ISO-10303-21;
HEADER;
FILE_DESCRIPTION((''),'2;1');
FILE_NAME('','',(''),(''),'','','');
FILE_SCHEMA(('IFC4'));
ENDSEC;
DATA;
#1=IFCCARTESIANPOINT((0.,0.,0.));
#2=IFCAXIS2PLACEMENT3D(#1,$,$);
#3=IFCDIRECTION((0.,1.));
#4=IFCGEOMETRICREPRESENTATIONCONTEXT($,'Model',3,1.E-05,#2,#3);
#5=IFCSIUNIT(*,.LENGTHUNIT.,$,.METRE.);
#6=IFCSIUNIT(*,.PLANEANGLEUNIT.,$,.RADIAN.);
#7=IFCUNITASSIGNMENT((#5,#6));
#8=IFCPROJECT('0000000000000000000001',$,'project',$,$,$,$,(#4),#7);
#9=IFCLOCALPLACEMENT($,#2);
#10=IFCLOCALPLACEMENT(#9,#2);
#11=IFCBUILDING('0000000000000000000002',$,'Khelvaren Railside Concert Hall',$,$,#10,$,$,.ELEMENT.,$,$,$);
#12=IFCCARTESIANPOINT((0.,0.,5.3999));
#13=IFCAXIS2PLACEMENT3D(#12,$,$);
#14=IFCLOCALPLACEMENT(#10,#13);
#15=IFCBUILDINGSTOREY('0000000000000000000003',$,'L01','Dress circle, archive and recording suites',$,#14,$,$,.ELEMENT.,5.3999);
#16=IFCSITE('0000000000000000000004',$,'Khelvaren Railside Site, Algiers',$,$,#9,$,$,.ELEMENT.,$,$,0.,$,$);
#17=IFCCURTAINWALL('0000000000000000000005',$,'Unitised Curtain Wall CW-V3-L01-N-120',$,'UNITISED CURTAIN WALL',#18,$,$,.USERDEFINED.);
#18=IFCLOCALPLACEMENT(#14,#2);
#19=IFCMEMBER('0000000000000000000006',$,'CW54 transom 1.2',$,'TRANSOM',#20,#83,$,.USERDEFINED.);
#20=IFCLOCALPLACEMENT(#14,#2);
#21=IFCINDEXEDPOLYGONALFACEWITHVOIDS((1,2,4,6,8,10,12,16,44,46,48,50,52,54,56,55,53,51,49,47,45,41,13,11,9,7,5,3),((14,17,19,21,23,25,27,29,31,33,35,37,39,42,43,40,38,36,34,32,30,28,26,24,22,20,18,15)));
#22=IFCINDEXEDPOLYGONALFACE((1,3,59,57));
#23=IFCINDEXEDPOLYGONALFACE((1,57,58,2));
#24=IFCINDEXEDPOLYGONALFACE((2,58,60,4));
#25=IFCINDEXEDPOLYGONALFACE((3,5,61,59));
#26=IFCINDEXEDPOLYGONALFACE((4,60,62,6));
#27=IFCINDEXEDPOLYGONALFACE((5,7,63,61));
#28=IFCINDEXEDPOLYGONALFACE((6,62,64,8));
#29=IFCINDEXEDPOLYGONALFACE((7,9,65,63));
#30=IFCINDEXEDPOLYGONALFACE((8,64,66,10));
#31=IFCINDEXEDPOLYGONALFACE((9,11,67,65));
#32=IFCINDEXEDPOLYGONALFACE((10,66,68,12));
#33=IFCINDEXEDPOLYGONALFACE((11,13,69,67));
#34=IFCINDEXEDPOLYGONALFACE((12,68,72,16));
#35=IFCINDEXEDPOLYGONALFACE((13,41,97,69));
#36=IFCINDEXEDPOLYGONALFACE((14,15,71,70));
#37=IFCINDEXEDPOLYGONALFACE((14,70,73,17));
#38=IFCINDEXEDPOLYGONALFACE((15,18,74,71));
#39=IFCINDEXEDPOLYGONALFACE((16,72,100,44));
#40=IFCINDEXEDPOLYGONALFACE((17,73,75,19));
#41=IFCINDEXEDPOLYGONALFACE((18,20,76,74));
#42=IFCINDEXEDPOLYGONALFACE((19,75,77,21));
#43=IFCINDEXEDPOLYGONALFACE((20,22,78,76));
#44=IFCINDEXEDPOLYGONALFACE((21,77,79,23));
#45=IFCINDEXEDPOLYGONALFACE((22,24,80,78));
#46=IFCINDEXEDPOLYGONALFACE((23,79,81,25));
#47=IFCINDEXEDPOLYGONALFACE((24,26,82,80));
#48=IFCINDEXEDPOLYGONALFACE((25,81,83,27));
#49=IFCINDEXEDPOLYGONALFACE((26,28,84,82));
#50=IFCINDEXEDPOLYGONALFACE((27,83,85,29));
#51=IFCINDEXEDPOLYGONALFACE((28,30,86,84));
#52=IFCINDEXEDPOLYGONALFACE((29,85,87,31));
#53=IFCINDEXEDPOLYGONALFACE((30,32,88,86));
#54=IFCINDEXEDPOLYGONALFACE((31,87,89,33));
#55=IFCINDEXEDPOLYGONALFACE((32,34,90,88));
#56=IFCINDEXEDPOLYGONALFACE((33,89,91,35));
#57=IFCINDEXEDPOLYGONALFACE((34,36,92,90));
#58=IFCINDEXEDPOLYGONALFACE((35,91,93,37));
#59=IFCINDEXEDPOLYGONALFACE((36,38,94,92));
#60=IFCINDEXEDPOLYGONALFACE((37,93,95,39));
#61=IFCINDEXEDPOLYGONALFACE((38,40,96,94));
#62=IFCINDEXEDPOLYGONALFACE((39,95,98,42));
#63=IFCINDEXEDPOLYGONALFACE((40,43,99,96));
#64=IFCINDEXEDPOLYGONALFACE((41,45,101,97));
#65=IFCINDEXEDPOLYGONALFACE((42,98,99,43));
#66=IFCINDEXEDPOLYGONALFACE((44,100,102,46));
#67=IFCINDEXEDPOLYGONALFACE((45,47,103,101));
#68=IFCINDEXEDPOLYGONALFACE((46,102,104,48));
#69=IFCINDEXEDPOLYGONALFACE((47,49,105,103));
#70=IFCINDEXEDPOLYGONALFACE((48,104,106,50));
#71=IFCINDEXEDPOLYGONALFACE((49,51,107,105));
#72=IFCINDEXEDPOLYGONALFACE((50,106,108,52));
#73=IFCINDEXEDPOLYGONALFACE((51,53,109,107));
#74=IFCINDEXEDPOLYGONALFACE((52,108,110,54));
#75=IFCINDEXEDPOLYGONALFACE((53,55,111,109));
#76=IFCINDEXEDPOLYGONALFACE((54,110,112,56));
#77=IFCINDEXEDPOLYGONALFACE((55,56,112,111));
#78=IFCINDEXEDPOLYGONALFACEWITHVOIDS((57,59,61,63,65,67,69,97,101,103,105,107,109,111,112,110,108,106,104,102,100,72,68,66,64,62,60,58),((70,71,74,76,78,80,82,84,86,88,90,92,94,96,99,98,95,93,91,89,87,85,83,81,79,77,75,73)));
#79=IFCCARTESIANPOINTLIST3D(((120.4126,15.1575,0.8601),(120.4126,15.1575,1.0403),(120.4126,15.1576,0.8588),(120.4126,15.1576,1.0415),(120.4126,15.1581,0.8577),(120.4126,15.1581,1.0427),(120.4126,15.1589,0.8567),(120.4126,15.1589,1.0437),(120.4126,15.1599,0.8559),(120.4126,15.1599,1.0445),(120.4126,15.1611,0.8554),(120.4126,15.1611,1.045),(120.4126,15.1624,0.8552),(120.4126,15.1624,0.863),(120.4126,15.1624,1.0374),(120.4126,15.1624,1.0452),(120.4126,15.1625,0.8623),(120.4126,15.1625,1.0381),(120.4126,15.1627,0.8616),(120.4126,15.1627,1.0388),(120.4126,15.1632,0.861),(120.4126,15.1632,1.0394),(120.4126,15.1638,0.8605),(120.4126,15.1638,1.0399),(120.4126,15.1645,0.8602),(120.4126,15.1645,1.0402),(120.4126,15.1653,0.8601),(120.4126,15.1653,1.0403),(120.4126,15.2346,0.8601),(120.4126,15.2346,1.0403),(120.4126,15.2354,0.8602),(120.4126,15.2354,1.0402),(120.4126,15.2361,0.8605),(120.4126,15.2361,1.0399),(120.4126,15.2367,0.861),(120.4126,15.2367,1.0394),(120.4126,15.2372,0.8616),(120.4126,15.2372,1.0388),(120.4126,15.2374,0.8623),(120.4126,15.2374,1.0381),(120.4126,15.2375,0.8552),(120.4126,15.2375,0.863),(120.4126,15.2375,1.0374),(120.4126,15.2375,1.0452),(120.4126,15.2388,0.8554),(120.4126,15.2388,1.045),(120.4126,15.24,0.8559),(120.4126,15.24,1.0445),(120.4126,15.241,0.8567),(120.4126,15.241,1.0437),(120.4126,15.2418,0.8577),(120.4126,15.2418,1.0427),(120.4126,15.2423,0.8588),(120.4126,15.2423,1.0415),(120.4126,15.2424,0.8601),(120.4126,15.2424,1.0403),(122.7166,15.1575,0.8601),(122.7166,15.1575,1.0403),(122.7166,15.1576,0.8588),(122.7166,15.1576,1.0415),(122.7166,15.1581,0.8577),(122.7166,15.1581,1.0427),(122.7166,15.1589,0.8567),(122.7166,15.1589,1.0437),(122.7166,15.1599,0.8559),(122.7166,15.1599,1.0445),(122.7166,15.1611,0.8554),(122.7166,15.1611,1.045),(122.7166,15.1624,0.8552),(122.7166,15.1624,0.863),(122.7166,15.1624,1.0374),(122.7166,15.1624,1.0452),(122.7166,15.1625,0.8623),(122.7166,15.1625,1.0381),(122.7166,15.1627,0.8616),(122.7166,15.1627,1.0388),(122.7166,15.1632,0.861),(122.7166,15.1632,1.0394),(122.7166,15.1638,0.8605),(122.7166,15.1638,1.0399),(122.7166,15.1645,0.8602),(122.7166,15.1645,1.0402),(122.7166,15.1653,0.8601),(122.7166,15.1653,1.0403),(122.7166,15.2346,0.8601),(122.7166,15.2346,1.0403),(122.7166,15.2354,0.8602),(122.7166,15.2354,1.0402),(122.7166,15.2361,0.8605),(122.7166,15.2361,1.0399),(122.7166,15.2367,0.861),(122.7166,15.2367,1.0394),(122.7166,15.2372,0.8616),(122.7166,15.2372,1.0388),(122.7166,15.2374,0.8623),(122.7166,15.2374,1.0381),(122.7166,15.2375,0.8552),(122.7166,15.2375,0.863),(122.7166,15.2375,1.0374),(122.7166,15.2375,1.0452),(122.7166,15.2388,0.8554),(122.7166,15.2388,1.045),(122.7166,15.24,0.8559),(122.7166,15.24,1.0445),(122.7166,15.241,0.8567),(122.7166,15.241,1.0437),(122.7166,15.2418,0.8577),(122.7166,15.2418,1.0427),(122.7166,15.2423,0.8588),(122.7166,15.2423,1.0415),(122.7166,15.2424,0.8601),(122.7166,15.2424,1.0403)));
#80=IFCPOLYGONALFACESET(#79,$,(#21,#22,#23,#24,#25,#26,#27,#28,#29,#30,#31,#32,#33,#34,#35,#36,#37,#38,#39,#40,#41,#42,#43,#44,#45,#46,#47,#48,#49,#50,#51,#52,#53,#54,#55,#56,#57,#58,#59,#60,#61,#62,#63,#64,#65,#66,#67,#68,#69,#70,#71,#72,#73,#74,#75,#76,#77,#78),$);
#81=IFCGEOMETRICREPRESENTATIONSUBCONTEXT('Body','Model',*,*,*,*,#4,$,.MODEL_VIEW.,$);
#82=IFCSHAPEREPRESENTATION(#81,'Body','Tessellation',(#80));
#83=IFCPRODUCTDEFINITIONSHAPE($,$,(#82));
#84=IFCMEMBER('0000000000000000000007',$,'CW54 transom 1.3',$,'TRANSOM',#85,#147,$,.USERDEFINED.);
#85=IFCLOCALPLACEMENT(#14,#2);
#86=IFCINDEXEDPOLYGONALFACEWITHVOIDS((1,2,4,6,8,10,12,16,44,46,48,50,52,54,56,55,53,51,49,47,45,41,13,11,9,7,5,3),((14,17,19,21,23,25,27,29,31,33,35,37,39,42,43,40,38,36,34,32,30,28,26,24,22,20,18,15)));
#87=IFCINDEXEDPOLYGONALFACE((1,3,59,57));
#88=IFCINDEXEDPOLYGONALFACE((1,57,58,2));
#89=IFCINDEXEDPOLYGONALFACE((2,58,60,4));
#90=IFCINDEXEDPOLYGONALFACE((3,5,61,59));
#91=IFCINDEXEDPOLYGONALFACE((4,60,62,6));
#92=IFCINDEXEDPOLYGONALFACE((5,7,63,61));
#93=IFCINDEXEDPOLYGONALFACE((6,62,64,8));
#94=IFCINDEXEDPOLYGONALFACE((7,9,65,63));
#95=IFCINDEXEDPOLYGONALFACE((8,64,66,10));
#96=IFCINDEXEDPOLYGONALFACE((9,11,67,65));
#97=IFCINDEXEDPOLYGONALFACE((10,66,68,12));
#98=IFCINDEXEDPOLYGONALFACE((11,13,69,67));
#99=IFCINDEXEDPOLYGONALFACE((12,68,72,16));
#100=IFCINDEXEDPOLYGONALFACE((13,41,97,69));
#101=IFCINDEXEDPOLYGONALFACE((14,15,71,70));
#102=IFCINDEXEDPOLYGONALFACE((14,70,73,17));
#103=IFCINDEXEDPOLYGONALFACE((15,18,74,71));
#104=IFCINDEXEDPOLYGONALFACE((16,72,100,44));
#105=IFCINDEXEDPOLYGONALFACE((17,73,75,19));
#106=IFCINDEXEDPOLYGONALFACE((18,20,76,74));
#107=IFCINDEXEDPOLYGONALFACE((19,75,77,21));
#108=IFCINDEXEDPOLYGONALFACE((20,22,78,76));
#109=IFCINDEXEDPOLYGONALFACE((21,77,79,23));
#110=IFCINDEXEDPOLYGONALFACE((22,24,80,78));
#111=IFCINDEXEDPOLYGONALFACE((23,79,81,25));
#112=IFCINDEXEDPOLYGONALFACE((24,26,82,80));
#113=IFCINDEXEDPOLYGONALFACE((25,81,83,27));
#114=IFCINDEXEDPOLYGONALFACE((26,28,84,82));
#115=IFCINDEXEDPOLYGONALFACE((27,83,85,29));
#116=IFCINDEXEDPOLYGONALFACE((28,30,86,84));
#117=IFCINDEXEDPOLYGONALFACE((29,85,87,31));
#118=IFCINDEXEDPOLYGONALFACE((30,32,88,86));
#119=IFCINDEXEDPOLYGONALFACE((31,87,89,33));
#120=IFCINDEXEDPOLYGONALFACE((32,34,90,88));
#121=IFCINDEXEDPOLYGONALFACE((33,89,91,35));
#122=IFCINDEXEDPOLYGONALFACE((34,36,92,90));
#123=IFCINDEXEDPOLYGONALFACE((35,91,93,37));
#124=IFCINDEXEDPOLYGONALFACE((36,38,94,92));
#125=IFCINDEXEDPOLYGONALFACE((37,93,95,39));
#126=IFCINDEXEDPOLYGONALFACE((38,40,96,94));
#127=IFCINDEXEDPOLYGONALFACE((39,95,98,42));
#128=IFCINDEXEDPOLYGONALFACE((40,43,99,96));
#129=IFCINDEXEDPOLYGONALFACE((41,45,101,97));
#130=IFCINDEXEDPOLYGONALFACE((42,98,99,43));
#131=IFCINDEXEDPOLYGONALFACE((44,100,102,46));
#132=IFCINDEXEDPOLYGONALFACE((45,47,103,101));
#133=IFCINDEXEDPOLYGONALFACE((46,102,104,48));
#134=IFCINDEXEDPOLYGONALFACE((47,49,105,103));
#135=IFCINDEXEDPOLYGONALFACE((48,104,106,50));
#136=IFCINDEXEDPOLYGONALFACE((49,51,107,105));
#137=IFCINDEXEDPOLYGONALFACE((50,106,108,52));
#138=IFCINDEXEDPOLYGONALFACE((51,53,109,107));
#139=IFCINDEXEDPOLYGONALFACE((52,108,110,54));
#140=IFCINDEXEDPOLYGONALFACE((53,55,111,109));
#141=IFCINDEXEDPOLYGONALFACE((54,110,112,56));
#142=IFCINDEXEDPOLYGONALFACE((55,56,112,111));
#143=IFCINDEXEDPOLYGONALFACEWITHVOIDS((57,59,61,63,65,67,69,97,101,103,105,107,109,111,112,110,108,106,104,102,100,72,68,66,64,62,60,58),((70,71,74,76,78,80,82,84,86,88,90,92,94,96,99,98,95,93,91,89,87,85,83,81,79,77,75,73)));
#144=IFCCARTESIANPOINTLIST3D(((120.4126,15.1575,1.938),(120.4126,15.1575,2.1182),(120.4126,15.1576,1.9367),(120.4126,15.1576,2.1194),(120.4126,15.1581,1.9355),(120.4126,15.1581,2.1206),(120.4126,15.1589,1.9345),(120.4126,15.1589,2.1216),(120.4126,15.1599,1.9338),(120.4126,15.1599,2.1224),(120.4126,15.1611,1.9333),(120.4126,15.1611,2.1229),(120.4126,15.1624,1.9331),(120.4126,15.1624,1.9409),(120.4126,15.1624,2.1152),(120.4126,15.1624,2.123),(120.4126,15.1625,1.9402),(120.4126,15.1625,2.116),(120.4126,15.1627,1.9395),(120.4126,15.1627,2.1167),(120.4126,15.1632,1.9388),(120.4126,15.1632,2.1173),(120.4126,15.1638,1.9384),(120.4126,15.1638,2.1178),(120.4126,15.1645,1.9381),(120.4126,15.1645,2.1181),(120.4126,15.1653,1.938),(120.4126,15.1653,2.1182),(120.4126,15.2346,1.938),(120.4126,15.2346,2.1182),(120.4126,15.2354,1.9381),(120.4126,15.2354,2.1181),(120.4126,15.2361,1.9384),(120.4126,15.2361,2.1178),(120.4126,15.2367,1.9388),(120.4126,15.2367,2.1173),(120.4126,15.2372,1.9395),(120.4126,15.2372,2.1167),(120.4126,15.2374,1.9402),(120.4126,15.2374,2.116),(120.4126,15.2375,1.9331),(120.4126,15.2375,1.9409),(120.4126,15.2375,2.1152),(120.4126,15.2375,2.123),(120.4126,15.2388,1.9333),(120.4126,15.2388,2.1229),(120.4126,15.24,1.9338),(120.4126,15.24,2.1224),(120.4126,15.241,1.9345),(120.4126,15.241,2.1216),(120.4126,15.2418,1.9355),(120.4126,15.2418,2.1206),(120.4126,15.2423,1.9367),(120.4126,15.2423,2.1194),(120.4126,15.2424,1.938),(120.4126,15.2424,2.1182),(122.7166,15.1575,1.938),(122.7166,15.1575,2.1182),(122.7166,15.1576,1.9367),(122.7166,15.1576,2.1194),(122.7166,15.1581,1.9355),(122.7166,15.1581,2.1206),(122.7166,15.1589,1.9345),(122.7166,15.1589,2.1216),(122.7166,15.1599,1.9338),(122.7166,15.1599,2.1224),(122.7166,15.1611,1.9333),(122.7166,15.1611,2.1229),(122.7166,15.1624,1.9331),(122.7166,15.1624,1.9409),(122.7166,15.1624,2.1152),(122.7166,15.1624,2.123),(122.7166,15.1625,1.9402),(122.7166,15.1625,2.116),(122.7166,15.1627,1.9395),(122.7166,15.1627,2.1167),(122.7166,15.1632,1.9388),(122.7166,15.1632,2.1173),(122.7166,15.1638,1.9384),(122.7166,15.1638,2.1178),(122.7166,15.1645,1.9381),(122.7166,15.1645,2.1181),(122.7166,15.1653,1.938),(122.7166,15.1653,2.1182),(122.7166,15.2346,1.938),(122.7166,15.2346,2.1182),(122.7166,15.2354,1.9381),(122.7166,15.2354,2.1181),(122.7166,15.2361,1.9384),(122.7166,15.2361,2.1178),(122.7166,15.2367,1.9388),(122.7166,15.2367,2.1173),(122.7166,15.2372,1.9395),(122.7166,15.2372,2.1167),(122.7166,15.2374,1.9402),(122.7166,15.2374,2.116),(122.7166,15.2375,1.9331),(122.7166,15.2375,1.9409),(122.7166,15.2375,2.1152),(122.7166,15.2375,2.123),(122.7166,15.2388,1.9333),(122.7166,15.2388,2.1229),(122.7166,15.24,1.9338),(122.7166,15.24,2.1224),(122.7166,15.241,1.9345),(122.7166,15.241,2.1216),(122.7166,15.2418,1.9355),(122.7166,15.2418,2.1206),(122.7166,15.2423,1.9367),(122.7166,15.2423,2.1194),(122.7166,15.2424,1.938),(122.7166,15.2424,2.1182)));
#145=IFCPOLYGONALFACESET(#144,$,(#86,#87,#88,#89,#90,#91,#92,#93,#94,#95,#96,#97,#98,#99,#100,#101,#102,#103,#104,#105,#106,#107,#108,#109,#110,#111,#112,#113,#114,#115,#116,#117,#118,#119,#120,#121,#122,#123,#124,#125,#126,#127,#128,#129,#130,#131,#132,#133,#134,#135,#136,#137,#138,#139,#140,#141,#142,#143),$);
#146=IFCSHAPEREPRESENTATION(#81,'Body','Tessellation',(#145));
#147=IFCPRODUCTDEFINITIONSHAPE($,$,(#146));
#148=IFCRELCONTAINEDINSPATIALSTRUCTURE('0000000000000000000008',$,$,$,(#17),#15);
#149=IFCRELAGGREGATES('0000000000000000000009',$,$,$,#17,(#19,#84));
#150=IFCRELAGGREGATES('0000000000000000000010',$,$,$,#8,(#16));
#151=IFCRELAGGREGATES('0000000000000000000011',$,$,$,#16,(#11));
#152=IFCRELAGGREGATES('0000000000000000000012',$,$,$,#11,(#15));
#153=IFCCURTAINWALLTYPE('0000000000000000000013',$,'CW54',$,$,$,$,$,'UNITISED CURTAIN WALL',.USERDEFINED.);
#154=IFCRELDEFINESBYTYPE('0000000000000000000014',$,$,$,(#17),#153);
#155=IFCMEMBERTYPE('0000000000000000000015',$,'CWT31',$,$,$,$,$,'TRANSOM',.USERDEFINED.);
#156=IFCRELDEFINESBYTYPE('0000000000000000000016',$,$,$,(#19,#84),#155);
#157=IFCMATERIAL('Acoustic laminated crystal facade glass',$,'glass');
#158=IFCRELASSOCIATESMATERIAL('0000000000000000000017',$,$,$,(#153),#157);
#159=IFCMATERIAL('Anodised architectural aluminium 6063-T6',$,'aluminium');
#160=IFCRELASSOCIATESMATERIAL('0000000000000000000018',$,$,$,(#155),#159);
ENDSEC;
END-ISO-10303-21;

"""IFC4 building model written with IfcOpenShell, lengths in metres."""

from ifc_helpers import new_model, si_unit, direction, frame, origin, origin_2d, place, context, subcontext, project, spatial, hollow_rectangle, extrude, material, material_profile, profile_set, type_object, element, aggregate, save


model = new_model("IFC4")

# Units and contexts
model_context = context("Model", 3, precision=1e-05, world=origin(), true_north=direction((0.0, 1.0)))
body_context = subcontext(model_context, "Body", "Model", "MODEL_VIEW")
ifc_project = project(units=[si_unit("LENGTHUNIT", "METRE"), si_unit("PLANEANGLEUNIT", "RADIAN")], contexts=[model_context])

# Site, building, storey
site_placement = place(None, origin())
site = spatial("IfcSite", under=ifc_project, at=site_placement, Name="Khelvaren Railside Site, Algiers", CompositionType="ELEMENT", RefElevation=0.0)
building_placement = place(site_placement, origin())
building = spatial("IfcBuilding", under=site, at=building_placement, Name="Khelvaren Railside Concert Hall", CompositionType="ELEMENT")
storey_placement = place(building_placement, frame((0.0, 0.0, 5.3999)))
storey = spatial("IfcBuildingStorey", under=building, at=storey_placement, Name="L01", Description="Dress circle, archive and recording suites", CompositionType="ELEMENT", Elevation=5.3999)

# Curtain wall, members
ifc_material_1 = material(Name="Acoustic laminated crystal facade glass", Category="glass")
curtain_wall_type = type_object("IfcCurtainWallType", Name="CW54", ElementType="UNITISED CURTAIN WALL", PredefinedType="USERDEFINED", material=ifc_material_1)
curtain_wall_placement = place(storey_placement, origin())
curtain_wall = element("IfcCurtainWall", 1, at=curtain_wall_placement, inside=storey, type_object=curtain_wall_type, Name="Unitised Curtain Wall CW-V3-L01-N-120", ObjectType="UNITISED CURTAIN WALL", PredefinedType="USERDEFINED")
ifc_material_2 = material(Name="Anodised architectural aluminium 6063-T6", Category="aluminium")
ifc_material_profile_1 = material_profile(ifc_material_2, hollow_rectangle(XDim=0.085, YDim=0.1899, WallThickness=0.0049, InnerFilletRadius=0.0029, OuterFilletRadius=0.0049, at=origin_2d()), Name="CWT 85x190x5")
ifc_profile_set_1 = profile_set([ifc_material_profile_1], Name="Anodised architectural aluminium 6063-T6")
member_type_1 = type_object("IfcMemberType", Name="CWT31", ElementType="TRANSOM", PredefinedType="USERDEFINED", material=ifc_profile_set_1)
member_1_placement = place(storey_placement, frame((120.4126, 15.2, 0.9502), z_axis=(1.0, 0.0, 0.0), x_axis=(0.0, 1.0, 0.0)))
member_1 = element("IfcMember", 2, at=member_1_placement, type_object=member_type_1, Name="CW54 transom 1.2", ObjectType="TRANSOM", PredefinedType="USERDEFINED", context=body_context, shape_type="SweptSolid", body=[
    extrude(hollow_rectangle(XDim=0.085, YDim=0.1899, WallThickness=0.0049, InnerFilletRadius=0.0029, OuterFilletRadius=0.0049, at=origin_2d()), origin(), (0.0, 0.0, 1.0), 2.304),
])
member_2_placement = place(storey_placement, frame((120.4126, 15.2, 2.0281), z_axis=(1.0, 0.0, 0.0), x_axis=(0.0, 1.0, 0.0)))
member_2 = element("IfcMember", 3, at=member_2_placement, type_object=member_type_1, Name="CW54 transom 1.3", ObjectType="TRANSOM", PredefinedType="USERDEFINED", context=body_context, shape_type="SweptSolid", body=[
    extrude(hollow_rectangle(XDim=0.085, YDim=0.1899, WallThickness=0.0049, InnerFilletRadius=0.0029, OuterFilletRadius=0.0049, at=origin_2d()), origin(), (0.0, 0.0, 1.0), 2.304),
])

aggregate(curtain_wall, [member_1, member_2])

save(model, "model.ifc")
